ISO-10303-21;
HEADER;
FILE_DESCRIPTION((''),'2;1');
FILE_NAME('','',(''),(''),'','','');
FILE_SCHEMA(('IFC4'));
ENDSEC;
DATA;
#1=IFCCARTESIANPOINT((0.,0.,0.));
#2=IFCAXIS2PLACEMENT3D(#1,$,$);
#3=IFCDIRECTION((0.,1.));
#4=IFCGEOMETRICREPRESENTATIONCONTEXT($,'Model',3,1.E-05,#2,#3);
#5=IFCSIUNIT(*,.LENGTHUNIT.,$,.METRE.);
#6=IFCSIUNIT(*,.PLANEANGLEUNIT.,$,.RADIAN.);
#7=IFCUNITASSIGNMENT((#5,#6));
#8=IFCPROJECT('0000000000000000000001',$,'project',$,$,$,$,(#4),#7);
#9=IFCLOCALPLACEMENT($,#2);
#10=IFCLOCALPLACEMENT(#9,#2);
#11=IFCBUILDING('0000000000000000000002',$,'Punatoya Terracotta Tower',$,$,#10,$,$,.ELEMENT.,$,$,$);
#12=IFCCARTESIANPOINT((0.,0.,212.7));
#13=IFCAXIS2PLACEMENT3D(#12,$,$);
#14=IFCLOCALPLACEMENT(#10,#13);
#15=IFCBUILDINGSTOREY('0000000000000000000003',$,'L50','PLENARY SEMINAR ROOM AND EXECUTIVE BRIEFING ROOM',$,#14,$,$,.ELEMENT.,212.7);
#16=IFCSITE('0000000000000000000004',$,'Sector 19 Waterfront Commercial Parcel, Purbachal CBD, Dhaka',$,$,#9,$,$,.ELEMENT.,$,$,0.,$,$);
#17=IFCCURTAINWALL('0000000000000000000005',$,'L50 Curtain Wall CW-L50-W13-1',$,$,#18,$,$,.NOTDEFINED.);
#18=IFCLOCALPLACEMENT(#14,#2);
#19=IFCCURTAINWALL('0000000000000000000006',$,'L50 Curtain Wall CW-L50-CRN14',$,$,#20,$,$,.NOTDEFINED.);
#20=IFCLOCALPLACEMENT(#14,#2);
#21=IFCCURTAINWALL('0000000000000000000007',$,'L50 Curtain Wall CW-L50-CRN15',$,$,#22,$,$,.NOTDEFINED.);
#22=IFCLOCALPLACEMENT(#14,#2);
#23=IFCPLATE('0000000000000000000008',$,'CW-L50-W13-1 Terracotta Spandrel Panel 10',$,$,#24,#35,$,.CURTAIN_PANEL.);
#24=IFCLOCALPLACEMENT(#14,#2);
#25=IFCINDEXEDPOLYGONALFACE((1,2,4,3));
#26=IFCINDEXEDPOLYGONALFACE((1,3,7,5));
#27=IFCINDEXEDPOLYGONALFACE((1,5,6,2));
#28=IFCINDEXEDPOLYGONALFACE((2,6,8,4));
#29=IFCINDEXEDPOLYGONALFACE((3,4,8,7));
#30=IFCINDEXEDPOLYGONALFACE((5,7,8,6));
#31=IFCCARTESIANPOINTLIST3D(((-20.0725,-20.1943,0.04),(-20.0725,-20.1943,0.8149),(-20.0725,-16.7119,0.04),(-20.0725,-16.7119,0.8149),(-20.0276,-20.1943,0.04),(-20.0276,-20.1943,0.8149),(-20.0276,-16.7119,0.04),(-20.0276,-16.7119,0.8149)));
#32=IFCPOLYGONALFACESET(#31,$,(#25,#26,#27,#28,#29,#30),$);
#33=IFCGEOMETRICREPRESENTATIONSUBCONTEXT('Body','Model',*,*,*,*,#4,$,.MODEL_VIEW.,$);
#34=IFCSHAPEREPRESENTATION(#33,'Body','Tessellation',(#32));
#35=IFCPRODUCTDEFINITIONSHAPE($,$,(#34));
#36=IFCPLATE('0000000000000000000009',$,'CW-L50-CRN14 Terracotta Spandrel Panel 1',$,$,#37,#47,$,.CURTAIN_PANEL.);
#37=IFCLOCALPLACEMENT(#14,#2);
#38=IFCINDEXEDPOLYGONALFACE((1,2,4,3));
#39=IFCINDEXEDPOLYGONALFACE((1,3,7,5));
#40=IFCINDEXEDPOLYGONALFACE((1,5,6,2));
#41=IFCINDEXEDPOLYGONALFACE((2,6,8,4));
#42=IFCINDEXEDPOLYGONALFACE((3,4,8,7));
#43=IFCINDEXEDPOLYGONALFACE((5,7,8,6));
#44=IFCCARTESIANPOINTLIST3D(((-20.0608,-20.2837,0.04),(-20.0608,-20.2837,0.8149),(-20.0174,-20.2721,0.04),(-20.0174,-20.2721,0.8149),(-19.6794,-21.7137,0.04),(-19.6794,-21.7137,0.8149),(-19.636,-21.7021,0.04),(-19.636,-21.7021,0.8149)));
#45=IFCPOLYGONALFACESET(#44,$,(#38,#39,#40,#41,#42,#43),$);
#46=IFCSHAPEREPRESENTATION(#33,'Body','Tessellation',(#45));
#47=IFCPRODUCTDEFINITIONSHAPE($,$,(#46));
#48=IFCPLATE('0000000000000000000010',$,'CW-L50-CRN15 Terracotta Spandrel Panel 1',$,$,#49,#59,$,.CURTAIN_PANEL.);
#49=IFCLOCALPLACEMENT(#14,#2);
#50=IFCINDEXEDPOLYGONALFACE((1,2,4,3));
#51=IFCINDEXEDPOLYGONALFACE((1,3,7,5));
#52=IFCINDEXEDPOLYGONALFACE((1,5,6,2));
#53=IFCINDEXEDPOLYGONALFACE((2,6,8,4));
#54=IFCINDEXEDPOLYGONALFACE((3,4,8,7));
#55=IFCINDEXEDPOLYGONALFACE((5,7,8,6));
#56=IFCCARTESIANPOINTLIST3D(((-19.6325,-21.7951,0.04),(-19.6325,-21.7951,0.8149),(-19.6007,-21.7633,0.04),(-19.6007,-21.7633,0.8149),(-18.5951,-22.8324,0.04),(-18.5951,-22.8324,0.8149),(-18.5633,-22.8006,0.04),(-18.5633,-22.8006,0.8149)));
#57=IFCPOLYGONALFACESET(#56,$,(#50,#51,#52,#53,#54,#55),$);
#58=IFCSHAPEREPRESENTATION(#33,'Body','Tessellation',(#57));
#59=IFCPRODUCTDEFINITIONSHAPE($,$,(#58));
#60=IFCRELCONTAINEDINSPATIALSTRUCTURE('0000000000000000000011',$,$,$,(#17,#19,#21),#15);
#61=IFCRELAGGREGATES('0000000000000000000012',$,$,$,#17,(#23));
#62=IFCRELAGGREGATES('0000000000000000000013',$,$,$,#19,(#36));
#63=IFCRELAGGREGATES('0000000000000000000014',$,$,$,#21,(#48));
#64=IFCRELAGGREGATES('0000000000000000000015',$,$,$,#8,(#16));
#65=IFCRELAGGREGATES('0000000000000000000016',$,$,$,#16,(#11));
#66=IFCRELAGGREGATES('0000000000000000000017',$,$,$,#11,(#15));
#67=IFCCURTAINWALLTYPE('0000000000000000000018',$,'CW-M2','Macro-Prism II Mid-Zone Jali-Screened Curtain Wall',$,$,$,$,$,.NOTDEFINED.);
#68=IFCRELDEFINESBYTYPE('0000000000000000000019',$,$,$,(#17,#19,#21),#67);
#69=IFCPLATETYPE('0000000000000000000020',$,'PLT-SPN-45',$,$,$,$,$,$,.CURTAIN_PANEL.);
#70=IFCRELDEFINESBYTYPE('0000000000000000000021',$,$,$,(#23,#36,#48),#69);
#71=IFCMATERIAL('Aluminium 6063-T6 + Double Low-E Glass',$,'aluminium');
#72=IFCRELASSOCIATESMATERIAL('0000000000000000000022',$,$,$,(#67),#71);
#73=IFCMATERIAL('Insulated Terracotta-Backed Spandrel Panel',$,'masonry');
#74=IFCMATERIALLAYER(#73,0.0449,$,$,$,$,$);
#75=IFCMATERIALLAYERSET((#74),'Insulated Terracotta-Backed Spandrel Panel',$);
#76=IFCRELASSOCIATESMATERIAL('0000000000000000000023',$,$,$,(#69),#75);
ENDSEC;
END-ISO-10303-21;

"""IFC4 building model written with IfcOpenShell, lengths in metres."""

from ifc_helpers import new_model, si_unit, direction, frame, origin, origin_2d, place, context, subcontext, project, spatial, rectangle, extrude, material, layer, layer_set, type_object, element, aggregate, save


model = new_model("IFC4")

# Units and contexts
model_context = context("Model", 3, precision=1e-05, world=origin(), true_north=direction((0.0, 1.0)))
body_context = subcontext(model_context, "Body", "Model", "MODEL_VIEW")
ifc_project = project(units=[si_unit("LENGTHUNIT", "METRE"), si_unit("PLANEANGLEUNIT", "RADIAN")], contexts=[model_context])

# Site, building, storey
site_placement = place(None, origin())
site = spatial("IfcSite", under=ifc_project, at=site_placement, Name="Sector 19 Waterfront Commercial Parcel, Purbachal CBD, Dhaka", CompositionType="ELEMENT", RefElevation=0.0)
building_placement = place(site_placement, origin())
building = spatial("IfcBuilding", under=site, at=building_placement, Name="Punatoya Terracotta Tower", CompositionType="ELEMENT")
storey_placement = place(building_placement, frame((0.0, 0.0, 212.7)))
storey = spatial("IfcBuildingStorey", under=building, at=storey_placement, Name="L50", Description="PLENARY SEMINAR ROOM AND EXECUTIVE BRIEFING ROOM", CompositionType="ELEMENT", Elevation=212.7)

# Curtain wall
ifc_material_1 = material(Name="Aluminium 6063-T6 + Double Low-E Glass", Category="aluminium")
curtain_wall_type = type_object("IfcCurtainWallType", Name="CW-M2", Description="Macro-Prism II Mid-Zone Jali-Screened Curtain Wall", PredefinedType="NOTDEFINED", material=ifc_material_1)
curtain_wall_1_placement = place(storey_placement, origin())
curtain_wall_1 = element("IfcCurtainWall", 1, at=curtain_wall_1_placement, inside=storey, type_object=curtain_wall_type, Name="L50 Curtain Wall CW-L50-W13-1", PredefinedType="NOTDEFINED")

# Curtain walls
curtain_wall_2_placement = place(storey_placement, origin())
curtain_wall_2 = element("IfcCurtainWall", 2, at=curtain_wall_2_placement, inside=storey, type_object=curtain_wall_type, Name="L50 Curtain Wall CW-L50-CRN14", PredefinedType="NOTDEFINED")
curtain_wall_3_placement = place(storey_placement, origin())
curtain_wall_3 = element("IfcCurtainWall", 3, at=curtain_wall_3_placement, inside=storey, type_object=curtain_wall_type, Name="L50 Curtain Wall CW-L50-CRN15", PredefinedType="NOTDEFINED")

# Plates
ifc_material_2 = material(Name="Insulated Terracotta-Backed Spandrel Panel", Category="masonry")
ifc_layer_1 = layer(ifc_material_2, 0.0449)
ifc_layer_set_1 = layer_set([ifc_layer_1], Name="Insulated Terracotta-Backed Spandrel Panel")
plate_type_1 = type_object("IfcPlateType", Name="PLT-SPN-45", PredefinedType="CURTAIN_PANEL", material=ifc_layer_set_1)
plate_1_placement = place(storey_placement, frame((-20.05, -18.4531, 0.04), z_axis=(0.0, 0.0, 1.0), x_axis=(0.0, -1.0, 0.0)))
plate_1 = element("IfcPlate", 4, at=plate_1_placement, type_object=plate_type_1, Name="CW-L50-W13-1 Terracotta Spandrel Panel 10", PredefinedType="CURTAIN_PANEL", context=body_context, shape_type="SweptSolid", body=[
    extrude(rectangle(XDim=3.4824, YDim=0.0449, at=origin_2d()), origin(), (0.0, 0.0, 1.0), 0.7749),
])
aggregate(curtain_wall_1, [plate_1])
plate_2_placement = place(storey_placement, frame((-19.8484, -20.9929, 0.04), z_axis=(0.0, 0.0, 1.0), x_axis=(0.257742, -0.966214, 0.0)))
plate_2 = element("IfcPlate", 5, at=plate_2_placement, type_object=plate_type_1, Name="CW-L50-CRN14 Terracotta Spandrel Panel 1", PredefinedType="CURTAIN_PANEL", context=body_context, shape_type="SweptSolid", body=[
    extrude(rectangle(XDim=1.48, YDim=0.0449, at=origin_2d()), origin(), (0.0, 0.0, 1.0), 0.7749),
])
aggregate(curtain_wall_2, [plate_2])
plate_3_placement = place(storey_placement, frame((-19.0979, -22.2979, 0.04), z_axis=(0.0, 0.0, 1.0), x_axis=(0.707107, -0.707107, 0.0)))
plate_3 = element("IfcPlate", 6, at=plate_3_placement, type_object=plate_type_1, Name="CW-L50-CRN15 Terracotta Spandrel Panel 1", PredefinedType="CURTAIN_PANEL", context=body_context, shape_type="SweptSolid", body=[
    extrude(rectangle(XDim=1.467, YDim=0.0449, at=origin_2d()), origin(), (0.0, 0.0, 1.0), 0.7749),
])
aggregate(curtain_wall_3, [plate_3])

save(model, "model.ifc")
